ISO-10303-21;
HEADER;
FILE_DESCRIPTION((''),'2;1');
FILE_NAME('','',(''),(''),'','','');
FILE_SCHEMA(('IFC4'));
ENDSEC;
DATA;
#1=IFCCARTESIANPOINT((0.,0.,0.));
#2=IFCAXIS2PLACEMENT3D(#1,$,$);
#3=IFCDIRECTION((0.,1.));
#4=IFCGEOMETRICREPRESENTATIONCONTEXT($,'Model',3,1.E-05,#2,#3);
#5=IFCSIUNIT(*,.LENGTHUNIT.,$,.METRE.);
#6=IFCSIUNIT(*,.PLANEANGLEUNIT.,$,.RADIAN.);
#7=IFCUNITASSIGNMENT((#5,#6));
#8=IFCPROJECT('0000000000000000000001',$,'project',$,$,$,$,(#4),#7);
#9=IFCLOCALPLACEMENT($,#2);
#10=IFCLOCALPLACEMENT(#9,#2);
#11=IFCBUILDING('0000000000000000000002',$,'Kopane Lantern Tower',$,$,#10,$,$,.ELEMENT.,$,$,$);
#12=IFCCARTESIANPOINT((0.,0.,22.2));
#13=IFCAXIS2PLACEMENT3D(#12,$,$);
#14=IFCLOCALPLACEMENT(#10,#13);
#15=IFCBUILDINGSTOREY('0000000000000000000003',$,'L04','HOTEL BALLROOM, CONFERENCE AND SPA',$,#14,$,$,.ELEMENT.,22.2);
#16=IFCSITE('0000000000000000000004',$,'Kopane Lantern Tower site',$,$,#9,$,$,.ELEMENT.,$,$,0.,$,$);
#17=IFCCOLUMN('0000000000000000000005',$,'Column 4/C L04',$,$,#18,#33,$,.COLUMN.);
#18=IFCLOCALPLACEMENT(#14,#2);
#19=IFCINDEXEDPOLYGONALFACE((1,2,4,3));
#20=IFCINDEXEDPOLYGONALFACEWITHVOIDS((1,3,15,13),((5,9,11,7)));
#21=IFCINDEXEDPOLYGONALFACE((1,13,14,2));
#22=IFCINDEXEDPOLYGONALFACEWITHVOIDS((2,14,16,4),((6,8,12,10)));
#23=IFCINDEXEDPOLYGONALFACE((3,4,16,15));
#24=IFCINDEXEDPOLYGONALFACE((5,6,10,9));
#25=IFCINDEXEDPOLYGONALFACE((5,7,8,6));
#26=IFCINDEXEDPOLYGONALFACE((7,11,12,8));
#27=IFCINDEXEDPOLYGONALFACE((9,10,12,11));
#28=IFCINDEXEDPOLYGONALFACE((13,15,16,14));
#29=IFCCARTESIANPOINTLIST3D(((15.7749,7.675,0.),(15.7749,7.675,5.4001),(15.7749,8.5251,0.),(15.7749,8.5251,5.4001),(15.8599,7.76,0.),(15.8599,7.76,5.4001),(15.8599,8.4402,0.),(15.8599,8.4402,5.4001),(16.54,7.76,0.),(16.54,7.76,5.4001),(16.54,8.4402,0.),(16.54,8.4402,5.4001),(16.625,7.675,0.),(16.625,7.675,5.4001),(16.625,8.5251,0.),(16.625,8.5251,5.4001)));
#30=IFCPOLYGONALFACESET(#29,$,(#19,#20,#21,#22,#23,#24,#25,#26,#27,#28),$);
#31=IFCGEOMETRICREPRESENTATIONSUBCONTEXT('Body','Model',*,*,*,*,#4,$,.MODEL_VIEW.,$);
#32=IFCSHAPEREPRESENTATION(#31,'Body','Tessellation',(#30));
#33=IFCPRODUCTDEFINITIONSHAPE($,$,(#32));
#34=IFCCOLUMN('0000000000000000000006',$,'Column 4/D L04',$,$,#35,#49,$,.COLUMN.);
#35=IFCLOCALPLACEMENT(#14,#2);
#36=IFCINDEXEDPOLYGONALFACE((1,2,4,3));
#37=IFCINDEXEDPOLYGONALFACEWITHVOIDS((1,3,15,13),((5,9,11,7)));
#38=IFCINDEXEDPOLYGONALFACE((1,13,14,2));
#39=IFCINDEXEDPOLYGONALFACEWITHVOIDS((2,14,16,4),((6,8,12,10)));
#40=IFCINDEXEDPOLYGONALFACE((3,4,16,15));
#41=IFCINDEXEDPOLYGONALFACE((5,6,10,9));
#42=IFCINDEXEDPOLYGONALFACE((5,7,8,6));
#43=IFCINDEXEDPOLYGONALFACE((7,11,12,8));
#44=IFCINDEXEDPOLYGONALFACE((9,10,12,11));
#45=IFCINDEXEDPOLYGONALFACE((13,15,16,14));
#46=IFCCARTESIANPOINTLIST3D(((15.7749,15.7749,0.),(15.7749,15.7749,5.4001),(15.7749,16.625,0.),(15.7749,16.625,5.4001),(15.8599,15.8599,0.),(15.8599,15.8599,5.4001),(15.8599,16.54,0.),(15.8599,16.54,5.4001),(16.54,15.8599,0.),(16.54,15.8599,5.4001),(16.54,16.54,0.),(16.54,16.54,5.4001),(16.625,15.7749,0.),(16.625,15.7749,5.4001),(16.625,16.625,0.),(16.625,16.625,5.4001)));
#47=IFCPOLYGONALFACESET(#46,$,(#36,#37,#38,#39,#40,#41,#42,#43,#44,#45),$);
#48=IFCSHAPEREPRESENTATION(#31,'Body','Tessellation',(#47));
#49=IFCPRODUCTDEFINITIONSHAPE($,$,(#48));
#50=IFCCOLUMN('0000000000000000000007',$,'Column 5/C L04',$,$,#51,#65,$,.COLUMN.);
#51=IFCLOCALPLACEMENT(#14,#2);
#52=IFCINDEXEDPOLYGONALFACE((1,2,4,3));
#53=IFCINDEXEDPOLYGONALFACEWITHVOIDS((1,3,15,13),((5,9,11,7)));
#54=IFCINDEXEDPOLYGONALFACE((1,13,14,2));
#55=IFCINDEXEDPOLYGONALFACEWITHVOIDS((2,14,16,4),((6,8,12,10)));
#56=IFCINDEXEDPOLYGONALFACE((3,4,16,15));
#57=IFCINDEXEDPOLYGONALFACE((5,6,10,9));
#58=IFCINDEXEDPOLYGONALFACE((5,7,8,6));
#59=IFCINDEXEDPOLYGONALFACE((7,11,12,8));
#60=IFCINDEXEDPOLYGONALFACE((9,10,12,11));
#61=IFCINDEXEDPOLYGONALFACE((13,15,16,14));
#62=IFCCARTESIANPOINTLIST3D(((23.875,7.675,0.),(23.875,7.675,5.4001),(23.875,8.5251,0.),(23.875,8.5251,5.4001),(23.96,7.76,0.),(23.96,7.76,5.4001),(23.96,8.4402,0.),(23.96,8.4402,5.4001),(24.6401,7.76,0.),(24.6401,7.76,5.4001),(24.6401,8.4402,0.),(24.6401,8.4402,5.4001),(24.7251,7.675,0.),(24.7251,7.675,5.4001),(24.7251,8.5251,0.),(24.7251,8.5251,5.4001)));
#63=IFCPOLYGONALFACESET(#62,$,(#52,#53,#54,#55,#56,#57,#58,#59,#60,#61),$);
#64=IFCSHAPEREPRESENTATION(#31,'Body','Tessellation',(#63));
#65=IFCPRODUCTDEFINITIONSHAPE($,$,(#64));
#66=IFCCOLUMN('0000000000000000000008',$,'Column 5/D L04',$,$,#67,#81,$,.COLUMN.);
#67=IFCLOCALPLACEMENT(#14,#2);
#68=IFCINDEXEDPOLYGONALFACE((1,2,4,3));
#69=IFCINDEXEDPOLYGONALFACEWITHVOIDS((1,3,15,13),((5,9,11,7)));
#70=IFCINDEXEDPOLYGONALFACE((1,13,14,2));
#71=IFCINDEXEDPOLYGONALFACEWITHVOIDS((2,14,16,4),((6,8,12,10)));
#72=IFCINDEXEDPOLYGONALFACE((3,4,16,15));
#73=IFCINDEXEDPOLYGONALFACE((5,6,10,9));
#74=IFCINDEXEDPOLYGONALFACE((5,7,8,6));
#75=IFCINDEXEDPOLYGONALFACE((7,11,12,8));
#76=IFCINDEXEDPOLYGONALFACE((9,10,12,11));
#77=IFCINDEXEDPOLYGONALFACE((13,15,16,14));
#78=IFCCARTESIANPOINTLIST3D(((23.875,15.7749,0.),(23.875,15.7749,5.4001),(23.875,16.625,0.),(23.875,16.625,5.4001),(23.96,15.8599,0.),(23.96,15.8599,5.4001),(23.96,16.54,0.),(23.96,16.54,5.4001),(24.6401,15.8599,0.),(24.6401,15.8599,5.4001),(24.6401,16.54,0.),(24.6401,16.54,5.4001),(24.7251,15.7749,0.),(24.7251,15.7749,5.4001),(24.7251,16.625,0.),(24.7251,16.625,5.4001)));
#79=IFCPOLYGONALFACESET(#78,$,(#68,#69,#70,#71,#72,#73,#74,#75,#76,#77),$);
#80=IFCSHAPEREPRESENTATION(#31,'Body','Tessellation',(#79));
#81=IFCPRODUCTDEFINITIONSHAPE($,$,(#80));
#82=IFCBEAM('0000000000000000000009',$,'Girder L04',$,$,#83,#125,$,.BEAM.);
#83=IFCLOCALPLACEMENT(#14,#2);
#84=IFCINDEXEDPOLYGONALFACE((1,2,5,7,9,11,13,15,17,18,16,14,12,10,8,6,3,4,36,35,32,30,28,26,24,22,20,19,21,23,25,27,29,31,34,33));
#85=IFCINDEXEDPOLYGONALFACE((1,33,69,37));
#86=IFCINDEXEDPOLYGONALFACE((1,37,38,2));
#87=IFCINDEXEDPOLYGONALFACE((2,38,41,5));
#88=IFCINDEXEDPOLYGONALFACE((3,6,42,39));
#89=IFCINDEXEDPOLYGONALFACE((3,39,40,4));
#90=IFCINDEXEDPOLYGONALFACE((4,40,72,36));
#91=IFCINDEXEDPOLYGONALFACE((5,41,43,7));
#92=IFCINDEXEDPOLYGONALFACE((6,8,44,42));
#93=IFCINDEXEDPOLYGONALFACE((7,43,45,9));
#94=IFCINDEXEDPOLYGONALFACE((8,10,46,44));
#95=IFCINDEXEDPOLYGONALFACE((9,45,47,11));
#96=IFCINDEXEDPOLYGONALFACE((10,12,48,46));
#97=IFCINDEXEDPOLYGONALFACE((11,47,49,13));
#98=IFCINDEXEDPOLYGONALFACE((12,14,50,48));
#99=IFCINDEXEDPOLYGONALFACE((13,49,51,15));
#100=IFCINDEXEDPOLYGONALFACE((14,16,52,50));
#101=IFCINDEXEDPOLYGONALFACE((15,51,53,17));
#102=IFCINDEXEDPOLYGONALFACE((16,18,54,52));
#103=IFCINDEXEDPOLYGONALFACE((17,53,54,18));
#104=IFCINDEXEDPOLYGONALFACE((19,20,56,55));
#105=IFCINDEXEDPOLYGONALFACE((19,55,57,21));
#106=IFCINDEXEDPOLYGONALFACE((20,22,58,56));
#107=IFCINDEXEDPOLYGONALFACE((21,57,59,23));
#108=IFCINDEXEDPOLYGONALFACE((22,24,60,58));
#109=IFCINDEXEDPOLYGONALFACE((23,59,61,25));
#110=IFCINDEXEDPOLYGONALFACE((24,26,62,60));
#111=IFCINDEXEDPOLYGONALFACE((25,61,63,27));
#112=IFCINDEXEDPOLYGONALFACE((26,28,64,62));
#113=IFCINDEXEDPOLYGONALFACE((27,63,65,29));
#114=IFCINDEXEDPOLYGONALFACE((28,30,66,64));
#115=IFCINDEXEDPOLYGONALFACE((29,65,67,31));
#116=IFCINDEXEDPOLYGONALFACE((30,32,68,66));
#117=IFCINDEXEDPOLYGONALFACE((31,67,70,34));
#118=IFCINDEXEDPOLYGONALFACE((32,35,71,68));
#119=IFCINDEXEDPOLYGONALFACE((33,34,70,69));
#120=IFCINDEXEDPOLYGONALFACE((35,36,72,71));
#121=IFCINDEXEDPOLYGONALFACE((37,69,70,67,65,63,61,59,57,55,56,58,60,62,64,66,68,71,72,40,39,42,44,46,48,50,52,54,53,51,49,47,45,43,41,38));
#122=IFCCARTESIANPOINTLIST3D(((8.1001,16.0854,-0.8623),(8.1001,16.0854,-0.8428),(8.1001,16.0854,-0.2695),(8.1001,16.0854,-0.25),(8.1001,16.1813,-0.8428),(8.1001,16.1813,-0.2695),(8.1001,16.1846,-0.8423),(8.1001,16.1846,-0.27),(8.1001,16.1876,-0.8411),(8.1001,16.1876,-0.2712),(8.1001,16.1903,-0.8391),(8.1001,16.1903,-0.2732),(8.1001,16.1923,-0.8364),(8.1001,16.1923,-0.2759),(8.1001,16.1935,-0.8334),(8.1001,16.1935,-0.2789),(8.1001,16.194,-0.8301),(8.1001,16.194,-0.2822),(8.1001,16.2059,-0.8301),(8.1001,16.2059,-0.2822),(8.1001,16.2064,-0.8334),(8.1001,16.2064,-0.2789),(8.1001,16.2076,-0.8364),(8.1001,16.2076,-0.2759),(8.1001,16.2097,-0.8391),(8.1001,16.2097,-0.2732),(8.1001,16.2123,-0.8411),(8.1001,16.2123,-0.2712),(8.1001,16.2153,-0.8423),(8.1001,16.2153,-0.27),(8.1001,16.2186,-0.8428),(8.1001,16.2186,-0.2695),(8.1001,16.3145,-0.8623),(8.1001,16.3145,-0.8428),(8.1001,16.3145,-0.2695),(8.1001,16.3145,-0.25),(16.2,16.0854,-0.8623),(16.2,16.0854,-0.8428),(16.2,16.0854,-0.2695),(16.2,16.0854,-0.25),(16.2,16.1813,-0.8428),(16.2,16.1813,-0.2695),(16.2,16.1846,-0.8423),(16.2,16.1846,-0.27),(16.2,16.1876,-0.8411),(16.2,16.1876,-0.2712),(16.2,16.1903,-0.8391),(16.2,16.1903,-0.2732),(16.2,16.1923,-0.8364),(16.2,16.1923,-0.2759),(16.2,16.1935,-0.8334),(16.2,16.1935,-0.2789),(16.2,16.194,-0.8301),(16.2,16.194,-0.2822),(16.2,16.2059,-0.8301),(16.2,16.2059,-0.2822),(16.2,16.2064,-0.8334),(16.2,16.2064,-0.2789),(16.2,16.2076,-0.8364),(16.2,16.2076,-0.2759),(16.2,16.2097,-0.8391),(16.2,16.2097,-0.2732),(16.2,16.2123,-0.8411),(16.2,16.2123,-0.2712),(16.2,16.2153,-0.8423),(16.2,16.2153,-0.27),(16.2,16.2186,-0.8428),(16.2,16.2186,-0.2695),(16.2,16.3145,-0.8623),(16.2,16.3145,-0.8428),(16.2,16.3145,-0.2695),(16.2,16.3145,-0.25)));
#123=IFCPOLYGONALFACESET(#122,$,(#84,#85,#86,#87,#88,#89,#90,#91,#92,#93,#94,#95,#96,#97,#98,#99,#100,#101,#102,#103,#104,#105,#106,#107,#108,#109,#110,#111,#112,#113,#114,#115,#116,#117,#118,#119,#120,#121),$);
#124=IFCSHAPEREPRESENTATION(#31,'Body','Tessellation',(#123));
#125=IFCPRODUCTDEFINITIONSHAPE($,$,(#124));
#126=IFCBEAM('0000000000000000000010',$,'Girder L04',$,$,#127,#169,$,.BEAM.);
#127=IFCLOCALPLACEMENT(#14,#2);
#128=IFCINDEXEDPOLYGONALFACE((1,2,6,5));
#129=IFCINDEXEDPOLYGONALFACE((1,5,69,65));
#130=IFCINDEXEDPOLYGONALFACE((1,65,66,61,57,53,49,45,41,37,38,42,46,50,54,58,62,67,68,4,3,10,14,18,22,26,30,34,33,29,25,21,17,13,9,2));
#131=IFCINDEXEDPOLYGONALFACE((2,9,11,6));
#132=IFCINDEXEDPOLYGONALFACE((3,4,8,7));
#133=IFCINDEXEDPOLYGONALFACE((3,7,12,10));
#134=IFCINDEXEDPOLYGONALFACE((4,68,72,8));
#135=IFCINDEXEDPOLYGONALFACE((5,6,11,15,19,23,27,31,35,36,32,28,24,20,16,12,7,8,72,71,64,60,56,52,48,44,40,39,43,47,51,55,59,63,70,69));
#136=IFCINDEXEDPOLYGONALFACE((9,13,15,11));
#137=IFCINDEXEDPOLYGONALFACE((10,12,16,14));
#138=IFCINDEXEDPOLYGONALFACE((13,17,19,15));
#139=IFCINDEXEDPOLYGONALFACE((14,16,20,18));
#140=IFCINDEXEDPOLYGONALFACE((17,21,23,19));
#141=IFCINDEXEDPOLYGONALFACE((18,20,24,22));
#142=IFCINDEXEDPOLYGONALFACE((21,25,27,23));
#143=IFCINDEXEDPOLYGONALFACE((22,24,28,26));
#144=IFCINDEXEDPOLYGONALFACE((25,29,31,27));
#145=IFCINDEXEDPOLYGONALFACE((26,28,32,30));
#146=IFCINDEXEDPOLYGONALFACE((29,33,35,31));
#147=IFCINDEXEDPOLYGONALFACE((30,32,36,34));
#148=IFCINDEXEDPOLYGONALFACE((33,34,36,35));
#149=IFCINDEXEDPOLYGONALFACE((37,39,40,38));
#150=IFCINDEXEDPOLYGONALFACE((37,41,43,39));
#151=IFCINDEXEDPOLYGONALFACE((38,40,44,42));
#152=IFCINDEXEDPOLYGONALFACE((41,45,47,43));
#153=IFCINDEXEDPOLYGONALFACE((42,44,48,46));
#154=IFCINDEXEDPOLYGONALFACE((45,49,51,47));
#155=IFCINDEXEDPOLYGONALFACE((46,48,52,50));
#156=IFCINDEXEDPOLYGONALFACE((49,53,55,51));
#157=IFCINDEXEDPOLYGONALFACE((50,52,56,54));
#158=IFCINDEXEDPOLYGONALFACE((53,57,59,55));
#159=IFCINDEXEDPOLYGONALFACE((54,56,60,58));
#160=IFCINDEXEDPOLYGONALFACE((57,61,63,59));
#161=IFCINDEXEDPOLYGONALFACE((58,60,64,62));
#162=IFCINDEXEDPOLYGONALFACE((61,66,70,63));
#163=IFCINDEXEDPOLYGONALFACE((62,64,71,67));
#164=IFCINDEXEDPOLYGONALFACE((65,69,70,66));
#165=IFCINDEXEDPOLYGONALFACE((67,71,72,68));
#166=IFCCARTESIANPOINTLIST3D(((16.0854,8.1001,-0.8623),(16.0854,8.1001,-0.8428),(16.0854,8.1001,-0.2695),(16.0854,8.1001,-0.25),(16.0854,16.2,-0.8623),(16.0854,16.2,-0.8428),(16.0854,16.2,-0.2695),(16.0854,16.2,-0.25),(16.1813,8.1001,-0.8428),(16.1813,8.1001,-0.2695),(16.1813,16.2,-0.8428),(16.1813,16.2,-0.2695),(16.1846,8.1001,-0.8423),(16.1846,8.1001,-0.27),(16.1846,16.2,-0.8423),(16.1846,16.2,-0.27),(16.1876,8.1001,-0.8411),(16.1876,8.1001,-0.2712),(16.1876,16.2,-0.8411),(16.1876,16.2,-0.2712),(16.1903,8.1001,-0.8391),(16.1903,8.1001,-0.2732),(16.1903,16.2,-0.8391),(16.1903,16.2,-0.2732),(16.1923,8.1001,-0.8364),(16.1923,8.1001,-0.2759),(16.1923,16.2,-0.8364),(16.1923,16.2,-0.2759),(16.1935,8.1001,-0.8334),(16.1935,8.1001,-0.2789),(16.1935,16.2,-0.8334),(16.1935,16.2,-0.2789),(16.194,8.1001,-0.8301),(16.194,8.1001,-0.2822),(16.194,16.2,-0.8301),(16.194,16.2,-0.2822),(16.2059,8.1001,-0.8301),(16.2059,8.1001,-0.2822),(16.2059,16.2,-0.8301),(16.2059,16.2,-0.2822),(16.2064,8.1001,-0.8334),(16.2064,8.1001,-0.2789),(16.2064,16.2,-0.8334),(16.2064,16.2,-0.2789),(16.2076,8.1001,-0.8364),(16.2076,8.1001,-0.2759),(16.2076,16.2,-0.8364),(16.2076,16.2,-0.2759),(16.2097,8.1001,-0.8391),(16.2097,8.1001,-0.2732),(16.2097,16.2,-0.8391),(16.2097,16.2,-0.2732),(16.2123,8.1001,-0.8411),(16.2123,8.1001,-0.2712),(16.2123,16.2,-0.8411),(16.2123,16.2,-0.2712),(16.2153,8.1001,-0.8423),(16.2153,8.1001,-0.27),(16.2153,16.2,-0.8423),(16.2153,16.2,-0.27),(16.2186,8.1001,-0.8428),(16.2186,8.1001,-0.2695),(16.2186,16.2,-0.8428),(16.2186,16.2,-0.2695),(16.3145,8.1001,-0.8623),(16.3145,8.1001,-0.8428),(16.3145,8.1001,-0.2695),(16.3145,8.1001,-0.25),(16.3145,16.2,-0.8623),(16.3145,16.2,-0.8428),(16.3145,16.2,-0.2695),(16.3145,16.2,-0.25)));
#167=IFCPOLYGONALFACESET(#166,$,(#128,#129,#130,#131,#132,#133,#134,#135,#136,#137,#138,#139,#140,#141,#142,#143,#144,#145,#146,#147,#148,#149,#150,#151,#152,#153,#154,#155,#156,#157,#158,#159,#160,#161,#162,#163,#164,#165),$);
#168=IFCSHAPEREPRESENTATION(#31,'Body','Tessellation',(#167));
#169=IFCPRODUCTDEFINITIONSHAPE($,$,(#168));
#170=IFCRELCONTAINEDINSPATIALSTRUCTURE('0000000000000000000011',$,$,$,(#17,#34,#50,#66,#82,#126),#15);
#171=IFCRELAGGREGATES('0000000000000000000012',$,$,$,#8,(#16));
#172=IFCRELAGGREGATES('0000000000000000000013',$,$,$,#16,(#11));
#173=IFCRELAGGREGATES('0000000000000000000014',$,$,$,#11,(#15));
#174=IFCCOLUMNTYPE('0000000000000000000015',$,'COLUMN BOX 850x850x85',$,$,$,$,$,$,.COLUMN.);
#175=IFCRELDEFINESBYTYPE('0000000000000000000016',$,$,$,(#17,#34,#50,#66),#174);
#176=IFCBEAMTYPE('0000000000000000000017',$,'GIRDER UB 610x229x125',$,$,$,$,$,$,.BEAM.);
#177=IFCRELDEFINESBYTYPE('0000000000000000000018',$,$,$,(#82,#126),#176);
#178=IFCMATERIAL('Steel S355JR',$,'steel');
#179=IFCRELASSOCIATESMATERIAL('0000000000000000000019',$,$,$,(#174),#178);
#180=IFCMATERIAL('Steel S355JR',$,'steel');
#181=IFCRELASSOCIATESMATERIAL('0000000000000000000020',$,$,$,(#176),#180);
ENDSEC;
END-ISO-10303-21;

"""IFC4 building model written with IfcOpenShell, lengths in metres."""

from ifc_helpers import new_model, si_unit, direction, frame, origin, origin_2d, place, context, subcontext, project, spatial, hollow_rectangle, i_section, extrude, material, material_profile, profile_set, type_object, element, save


model = new_model("IFC4")

# Units and contexts
model_context = context("Model", 3, precision=1e-05, world=origin(), true_north=direction((0.0, 1.0)))
body_context = subcontext(model_context, "Body", "Model", "MODEL_VIEW")
ifc_project = project(units=[si_unit("LENGTHUNIT", "METRE"), si_unit("PLANEANGLEUNIT", "RADIAN")], contexts=[model_context])

# Site, building, storey
site_placement = place(None, origin())
site = spatial("IfcSite", under=ifc_project, at=site_placement, Name="Kopane Lantern Tower site", CompositionType="ELEMENT", RefElevation=0.0)
building_placement = place(site_placement, origin())
building = spatial("IfcBuilding", under=site, at=building_placement, Name="Kopane Lantern Tower", CompositionType="ELEMENT")
storey_placement = place(building_placement, frame((0.0, 0.0, 22.2)))
storey = spatial("IfcBuildingStorey", under=building, at=storey_placement, Name="L04", Description="HOTEL BALLROOM, CONFERENCE AND SPA", CompositionType="ELEMENT", Elevation=22.2)

# Columns
ifc_material_1 = material(Name="Steel S355JR", Category="steel")
ifc_material_profile_1 = material_profile(ifc_material_1, hollow_rectangle(XDim=0.8501, YDim=0.8501, WallThickness=0.085, at=origin_2d()), Name="BOX 850x850x85")
ifc_profile_set_1 = profile_set([ifc_material_profile_1], Name="Steel S355JR")
column_type = type_object("IfcColumnType", Name="COLUMN BOX 850x850x85", PredefinedType="COLUMN", material=ifc_profile_set_1)
for number, where, z_axis, x_axis, name in (
    (1, (16.2, 8.1001, 0.0), (0.0, 0.0, 1.0), (1.0, 0.0, 0.0), "Column 4/C L04"),
    (2, (16.2, 16.2, 0.0), (0.0, 0.0, 1.0), (1.0, 0.0, 0.0), "Column 4/D L04"),
    (3, (24.3, 8.1001, 0.0), (0.0, 0.0, 1.0), (1.0, 0.0, 0.0), "Column 5/C L04"),
    (4, (24.3, 16.2, 0.0), (0.0, 0.0, 1.0), (1.0, 0.0, 0.0), "Column 5/D L04"),
):
    element("IfcColumn", number, at=place(storey_placement, frame(where, z_axis=z_axis, x_axis=x_axis)), inside=storey, type_object=column_type, Name=name, PredefinedType="COLUMN", context=body_context, shape_type="SweptSolid", body=[
        extrude(hollow_rectangle(XDim=0.8501, YDim=0.8501, WallThickness=0.085, at=origin_2d()), origin(), (0.0, 0.0, 1.0), 5.4001),
    ])

# Beams
ifc_material_2 = material(Name="Steel S355JR", Category="steel")
ifc_material_profile_2 = material_profile(ifc_material_2, i_section(OverallWidth=0.229, OverallDepth=0.6123, WebThickness=0.012, FlangeThickness=0.0195, FilletRadius=0.0127, at=origin_2d()), Name="UB 610x229x125")
ifc_profile_set_2 = profile_set([ifc_material_profile_2], Name="Steel S355JR")
beam_type = type_object("IfcBeamType", Name="GIRDER UB 610x229x125", PredefinedType="BEAM", material=ifc_profile_set_2)
for number, where, z_axis, x_axis, name in (
    (5, (8.1001, 16.2, -0.5562), (1.0, 0.0, 0.0), (0.0, 1.0, 0.0), "Girder L04"),
    (6, (16.2, 8.1001, -0.5562), (0.0, 1.0, 0.0), (-1.0, 0.0, 0.0), "Girder L04"),
):
    element("IfcBeam", number, at=place(storey_placement, frame(where, z_axis=z_axis, x_axis=x_axis)), inside=storey, type_object=beam_type, Name=name, PredefinedType="BEAM", context=body_context, shape_type="SweptSolid", body=[
        extrude(i_section(OverallWidth=0.229, OverallDepth=0.6123, WebThickness=0.012, FlangeThickness=0.0195, FilletRadius=0.0127, at=origin_2d()), origin(), (0.0, 0.0, 1.0), 8.0999),
    ])

save(model, "model.ifc")
